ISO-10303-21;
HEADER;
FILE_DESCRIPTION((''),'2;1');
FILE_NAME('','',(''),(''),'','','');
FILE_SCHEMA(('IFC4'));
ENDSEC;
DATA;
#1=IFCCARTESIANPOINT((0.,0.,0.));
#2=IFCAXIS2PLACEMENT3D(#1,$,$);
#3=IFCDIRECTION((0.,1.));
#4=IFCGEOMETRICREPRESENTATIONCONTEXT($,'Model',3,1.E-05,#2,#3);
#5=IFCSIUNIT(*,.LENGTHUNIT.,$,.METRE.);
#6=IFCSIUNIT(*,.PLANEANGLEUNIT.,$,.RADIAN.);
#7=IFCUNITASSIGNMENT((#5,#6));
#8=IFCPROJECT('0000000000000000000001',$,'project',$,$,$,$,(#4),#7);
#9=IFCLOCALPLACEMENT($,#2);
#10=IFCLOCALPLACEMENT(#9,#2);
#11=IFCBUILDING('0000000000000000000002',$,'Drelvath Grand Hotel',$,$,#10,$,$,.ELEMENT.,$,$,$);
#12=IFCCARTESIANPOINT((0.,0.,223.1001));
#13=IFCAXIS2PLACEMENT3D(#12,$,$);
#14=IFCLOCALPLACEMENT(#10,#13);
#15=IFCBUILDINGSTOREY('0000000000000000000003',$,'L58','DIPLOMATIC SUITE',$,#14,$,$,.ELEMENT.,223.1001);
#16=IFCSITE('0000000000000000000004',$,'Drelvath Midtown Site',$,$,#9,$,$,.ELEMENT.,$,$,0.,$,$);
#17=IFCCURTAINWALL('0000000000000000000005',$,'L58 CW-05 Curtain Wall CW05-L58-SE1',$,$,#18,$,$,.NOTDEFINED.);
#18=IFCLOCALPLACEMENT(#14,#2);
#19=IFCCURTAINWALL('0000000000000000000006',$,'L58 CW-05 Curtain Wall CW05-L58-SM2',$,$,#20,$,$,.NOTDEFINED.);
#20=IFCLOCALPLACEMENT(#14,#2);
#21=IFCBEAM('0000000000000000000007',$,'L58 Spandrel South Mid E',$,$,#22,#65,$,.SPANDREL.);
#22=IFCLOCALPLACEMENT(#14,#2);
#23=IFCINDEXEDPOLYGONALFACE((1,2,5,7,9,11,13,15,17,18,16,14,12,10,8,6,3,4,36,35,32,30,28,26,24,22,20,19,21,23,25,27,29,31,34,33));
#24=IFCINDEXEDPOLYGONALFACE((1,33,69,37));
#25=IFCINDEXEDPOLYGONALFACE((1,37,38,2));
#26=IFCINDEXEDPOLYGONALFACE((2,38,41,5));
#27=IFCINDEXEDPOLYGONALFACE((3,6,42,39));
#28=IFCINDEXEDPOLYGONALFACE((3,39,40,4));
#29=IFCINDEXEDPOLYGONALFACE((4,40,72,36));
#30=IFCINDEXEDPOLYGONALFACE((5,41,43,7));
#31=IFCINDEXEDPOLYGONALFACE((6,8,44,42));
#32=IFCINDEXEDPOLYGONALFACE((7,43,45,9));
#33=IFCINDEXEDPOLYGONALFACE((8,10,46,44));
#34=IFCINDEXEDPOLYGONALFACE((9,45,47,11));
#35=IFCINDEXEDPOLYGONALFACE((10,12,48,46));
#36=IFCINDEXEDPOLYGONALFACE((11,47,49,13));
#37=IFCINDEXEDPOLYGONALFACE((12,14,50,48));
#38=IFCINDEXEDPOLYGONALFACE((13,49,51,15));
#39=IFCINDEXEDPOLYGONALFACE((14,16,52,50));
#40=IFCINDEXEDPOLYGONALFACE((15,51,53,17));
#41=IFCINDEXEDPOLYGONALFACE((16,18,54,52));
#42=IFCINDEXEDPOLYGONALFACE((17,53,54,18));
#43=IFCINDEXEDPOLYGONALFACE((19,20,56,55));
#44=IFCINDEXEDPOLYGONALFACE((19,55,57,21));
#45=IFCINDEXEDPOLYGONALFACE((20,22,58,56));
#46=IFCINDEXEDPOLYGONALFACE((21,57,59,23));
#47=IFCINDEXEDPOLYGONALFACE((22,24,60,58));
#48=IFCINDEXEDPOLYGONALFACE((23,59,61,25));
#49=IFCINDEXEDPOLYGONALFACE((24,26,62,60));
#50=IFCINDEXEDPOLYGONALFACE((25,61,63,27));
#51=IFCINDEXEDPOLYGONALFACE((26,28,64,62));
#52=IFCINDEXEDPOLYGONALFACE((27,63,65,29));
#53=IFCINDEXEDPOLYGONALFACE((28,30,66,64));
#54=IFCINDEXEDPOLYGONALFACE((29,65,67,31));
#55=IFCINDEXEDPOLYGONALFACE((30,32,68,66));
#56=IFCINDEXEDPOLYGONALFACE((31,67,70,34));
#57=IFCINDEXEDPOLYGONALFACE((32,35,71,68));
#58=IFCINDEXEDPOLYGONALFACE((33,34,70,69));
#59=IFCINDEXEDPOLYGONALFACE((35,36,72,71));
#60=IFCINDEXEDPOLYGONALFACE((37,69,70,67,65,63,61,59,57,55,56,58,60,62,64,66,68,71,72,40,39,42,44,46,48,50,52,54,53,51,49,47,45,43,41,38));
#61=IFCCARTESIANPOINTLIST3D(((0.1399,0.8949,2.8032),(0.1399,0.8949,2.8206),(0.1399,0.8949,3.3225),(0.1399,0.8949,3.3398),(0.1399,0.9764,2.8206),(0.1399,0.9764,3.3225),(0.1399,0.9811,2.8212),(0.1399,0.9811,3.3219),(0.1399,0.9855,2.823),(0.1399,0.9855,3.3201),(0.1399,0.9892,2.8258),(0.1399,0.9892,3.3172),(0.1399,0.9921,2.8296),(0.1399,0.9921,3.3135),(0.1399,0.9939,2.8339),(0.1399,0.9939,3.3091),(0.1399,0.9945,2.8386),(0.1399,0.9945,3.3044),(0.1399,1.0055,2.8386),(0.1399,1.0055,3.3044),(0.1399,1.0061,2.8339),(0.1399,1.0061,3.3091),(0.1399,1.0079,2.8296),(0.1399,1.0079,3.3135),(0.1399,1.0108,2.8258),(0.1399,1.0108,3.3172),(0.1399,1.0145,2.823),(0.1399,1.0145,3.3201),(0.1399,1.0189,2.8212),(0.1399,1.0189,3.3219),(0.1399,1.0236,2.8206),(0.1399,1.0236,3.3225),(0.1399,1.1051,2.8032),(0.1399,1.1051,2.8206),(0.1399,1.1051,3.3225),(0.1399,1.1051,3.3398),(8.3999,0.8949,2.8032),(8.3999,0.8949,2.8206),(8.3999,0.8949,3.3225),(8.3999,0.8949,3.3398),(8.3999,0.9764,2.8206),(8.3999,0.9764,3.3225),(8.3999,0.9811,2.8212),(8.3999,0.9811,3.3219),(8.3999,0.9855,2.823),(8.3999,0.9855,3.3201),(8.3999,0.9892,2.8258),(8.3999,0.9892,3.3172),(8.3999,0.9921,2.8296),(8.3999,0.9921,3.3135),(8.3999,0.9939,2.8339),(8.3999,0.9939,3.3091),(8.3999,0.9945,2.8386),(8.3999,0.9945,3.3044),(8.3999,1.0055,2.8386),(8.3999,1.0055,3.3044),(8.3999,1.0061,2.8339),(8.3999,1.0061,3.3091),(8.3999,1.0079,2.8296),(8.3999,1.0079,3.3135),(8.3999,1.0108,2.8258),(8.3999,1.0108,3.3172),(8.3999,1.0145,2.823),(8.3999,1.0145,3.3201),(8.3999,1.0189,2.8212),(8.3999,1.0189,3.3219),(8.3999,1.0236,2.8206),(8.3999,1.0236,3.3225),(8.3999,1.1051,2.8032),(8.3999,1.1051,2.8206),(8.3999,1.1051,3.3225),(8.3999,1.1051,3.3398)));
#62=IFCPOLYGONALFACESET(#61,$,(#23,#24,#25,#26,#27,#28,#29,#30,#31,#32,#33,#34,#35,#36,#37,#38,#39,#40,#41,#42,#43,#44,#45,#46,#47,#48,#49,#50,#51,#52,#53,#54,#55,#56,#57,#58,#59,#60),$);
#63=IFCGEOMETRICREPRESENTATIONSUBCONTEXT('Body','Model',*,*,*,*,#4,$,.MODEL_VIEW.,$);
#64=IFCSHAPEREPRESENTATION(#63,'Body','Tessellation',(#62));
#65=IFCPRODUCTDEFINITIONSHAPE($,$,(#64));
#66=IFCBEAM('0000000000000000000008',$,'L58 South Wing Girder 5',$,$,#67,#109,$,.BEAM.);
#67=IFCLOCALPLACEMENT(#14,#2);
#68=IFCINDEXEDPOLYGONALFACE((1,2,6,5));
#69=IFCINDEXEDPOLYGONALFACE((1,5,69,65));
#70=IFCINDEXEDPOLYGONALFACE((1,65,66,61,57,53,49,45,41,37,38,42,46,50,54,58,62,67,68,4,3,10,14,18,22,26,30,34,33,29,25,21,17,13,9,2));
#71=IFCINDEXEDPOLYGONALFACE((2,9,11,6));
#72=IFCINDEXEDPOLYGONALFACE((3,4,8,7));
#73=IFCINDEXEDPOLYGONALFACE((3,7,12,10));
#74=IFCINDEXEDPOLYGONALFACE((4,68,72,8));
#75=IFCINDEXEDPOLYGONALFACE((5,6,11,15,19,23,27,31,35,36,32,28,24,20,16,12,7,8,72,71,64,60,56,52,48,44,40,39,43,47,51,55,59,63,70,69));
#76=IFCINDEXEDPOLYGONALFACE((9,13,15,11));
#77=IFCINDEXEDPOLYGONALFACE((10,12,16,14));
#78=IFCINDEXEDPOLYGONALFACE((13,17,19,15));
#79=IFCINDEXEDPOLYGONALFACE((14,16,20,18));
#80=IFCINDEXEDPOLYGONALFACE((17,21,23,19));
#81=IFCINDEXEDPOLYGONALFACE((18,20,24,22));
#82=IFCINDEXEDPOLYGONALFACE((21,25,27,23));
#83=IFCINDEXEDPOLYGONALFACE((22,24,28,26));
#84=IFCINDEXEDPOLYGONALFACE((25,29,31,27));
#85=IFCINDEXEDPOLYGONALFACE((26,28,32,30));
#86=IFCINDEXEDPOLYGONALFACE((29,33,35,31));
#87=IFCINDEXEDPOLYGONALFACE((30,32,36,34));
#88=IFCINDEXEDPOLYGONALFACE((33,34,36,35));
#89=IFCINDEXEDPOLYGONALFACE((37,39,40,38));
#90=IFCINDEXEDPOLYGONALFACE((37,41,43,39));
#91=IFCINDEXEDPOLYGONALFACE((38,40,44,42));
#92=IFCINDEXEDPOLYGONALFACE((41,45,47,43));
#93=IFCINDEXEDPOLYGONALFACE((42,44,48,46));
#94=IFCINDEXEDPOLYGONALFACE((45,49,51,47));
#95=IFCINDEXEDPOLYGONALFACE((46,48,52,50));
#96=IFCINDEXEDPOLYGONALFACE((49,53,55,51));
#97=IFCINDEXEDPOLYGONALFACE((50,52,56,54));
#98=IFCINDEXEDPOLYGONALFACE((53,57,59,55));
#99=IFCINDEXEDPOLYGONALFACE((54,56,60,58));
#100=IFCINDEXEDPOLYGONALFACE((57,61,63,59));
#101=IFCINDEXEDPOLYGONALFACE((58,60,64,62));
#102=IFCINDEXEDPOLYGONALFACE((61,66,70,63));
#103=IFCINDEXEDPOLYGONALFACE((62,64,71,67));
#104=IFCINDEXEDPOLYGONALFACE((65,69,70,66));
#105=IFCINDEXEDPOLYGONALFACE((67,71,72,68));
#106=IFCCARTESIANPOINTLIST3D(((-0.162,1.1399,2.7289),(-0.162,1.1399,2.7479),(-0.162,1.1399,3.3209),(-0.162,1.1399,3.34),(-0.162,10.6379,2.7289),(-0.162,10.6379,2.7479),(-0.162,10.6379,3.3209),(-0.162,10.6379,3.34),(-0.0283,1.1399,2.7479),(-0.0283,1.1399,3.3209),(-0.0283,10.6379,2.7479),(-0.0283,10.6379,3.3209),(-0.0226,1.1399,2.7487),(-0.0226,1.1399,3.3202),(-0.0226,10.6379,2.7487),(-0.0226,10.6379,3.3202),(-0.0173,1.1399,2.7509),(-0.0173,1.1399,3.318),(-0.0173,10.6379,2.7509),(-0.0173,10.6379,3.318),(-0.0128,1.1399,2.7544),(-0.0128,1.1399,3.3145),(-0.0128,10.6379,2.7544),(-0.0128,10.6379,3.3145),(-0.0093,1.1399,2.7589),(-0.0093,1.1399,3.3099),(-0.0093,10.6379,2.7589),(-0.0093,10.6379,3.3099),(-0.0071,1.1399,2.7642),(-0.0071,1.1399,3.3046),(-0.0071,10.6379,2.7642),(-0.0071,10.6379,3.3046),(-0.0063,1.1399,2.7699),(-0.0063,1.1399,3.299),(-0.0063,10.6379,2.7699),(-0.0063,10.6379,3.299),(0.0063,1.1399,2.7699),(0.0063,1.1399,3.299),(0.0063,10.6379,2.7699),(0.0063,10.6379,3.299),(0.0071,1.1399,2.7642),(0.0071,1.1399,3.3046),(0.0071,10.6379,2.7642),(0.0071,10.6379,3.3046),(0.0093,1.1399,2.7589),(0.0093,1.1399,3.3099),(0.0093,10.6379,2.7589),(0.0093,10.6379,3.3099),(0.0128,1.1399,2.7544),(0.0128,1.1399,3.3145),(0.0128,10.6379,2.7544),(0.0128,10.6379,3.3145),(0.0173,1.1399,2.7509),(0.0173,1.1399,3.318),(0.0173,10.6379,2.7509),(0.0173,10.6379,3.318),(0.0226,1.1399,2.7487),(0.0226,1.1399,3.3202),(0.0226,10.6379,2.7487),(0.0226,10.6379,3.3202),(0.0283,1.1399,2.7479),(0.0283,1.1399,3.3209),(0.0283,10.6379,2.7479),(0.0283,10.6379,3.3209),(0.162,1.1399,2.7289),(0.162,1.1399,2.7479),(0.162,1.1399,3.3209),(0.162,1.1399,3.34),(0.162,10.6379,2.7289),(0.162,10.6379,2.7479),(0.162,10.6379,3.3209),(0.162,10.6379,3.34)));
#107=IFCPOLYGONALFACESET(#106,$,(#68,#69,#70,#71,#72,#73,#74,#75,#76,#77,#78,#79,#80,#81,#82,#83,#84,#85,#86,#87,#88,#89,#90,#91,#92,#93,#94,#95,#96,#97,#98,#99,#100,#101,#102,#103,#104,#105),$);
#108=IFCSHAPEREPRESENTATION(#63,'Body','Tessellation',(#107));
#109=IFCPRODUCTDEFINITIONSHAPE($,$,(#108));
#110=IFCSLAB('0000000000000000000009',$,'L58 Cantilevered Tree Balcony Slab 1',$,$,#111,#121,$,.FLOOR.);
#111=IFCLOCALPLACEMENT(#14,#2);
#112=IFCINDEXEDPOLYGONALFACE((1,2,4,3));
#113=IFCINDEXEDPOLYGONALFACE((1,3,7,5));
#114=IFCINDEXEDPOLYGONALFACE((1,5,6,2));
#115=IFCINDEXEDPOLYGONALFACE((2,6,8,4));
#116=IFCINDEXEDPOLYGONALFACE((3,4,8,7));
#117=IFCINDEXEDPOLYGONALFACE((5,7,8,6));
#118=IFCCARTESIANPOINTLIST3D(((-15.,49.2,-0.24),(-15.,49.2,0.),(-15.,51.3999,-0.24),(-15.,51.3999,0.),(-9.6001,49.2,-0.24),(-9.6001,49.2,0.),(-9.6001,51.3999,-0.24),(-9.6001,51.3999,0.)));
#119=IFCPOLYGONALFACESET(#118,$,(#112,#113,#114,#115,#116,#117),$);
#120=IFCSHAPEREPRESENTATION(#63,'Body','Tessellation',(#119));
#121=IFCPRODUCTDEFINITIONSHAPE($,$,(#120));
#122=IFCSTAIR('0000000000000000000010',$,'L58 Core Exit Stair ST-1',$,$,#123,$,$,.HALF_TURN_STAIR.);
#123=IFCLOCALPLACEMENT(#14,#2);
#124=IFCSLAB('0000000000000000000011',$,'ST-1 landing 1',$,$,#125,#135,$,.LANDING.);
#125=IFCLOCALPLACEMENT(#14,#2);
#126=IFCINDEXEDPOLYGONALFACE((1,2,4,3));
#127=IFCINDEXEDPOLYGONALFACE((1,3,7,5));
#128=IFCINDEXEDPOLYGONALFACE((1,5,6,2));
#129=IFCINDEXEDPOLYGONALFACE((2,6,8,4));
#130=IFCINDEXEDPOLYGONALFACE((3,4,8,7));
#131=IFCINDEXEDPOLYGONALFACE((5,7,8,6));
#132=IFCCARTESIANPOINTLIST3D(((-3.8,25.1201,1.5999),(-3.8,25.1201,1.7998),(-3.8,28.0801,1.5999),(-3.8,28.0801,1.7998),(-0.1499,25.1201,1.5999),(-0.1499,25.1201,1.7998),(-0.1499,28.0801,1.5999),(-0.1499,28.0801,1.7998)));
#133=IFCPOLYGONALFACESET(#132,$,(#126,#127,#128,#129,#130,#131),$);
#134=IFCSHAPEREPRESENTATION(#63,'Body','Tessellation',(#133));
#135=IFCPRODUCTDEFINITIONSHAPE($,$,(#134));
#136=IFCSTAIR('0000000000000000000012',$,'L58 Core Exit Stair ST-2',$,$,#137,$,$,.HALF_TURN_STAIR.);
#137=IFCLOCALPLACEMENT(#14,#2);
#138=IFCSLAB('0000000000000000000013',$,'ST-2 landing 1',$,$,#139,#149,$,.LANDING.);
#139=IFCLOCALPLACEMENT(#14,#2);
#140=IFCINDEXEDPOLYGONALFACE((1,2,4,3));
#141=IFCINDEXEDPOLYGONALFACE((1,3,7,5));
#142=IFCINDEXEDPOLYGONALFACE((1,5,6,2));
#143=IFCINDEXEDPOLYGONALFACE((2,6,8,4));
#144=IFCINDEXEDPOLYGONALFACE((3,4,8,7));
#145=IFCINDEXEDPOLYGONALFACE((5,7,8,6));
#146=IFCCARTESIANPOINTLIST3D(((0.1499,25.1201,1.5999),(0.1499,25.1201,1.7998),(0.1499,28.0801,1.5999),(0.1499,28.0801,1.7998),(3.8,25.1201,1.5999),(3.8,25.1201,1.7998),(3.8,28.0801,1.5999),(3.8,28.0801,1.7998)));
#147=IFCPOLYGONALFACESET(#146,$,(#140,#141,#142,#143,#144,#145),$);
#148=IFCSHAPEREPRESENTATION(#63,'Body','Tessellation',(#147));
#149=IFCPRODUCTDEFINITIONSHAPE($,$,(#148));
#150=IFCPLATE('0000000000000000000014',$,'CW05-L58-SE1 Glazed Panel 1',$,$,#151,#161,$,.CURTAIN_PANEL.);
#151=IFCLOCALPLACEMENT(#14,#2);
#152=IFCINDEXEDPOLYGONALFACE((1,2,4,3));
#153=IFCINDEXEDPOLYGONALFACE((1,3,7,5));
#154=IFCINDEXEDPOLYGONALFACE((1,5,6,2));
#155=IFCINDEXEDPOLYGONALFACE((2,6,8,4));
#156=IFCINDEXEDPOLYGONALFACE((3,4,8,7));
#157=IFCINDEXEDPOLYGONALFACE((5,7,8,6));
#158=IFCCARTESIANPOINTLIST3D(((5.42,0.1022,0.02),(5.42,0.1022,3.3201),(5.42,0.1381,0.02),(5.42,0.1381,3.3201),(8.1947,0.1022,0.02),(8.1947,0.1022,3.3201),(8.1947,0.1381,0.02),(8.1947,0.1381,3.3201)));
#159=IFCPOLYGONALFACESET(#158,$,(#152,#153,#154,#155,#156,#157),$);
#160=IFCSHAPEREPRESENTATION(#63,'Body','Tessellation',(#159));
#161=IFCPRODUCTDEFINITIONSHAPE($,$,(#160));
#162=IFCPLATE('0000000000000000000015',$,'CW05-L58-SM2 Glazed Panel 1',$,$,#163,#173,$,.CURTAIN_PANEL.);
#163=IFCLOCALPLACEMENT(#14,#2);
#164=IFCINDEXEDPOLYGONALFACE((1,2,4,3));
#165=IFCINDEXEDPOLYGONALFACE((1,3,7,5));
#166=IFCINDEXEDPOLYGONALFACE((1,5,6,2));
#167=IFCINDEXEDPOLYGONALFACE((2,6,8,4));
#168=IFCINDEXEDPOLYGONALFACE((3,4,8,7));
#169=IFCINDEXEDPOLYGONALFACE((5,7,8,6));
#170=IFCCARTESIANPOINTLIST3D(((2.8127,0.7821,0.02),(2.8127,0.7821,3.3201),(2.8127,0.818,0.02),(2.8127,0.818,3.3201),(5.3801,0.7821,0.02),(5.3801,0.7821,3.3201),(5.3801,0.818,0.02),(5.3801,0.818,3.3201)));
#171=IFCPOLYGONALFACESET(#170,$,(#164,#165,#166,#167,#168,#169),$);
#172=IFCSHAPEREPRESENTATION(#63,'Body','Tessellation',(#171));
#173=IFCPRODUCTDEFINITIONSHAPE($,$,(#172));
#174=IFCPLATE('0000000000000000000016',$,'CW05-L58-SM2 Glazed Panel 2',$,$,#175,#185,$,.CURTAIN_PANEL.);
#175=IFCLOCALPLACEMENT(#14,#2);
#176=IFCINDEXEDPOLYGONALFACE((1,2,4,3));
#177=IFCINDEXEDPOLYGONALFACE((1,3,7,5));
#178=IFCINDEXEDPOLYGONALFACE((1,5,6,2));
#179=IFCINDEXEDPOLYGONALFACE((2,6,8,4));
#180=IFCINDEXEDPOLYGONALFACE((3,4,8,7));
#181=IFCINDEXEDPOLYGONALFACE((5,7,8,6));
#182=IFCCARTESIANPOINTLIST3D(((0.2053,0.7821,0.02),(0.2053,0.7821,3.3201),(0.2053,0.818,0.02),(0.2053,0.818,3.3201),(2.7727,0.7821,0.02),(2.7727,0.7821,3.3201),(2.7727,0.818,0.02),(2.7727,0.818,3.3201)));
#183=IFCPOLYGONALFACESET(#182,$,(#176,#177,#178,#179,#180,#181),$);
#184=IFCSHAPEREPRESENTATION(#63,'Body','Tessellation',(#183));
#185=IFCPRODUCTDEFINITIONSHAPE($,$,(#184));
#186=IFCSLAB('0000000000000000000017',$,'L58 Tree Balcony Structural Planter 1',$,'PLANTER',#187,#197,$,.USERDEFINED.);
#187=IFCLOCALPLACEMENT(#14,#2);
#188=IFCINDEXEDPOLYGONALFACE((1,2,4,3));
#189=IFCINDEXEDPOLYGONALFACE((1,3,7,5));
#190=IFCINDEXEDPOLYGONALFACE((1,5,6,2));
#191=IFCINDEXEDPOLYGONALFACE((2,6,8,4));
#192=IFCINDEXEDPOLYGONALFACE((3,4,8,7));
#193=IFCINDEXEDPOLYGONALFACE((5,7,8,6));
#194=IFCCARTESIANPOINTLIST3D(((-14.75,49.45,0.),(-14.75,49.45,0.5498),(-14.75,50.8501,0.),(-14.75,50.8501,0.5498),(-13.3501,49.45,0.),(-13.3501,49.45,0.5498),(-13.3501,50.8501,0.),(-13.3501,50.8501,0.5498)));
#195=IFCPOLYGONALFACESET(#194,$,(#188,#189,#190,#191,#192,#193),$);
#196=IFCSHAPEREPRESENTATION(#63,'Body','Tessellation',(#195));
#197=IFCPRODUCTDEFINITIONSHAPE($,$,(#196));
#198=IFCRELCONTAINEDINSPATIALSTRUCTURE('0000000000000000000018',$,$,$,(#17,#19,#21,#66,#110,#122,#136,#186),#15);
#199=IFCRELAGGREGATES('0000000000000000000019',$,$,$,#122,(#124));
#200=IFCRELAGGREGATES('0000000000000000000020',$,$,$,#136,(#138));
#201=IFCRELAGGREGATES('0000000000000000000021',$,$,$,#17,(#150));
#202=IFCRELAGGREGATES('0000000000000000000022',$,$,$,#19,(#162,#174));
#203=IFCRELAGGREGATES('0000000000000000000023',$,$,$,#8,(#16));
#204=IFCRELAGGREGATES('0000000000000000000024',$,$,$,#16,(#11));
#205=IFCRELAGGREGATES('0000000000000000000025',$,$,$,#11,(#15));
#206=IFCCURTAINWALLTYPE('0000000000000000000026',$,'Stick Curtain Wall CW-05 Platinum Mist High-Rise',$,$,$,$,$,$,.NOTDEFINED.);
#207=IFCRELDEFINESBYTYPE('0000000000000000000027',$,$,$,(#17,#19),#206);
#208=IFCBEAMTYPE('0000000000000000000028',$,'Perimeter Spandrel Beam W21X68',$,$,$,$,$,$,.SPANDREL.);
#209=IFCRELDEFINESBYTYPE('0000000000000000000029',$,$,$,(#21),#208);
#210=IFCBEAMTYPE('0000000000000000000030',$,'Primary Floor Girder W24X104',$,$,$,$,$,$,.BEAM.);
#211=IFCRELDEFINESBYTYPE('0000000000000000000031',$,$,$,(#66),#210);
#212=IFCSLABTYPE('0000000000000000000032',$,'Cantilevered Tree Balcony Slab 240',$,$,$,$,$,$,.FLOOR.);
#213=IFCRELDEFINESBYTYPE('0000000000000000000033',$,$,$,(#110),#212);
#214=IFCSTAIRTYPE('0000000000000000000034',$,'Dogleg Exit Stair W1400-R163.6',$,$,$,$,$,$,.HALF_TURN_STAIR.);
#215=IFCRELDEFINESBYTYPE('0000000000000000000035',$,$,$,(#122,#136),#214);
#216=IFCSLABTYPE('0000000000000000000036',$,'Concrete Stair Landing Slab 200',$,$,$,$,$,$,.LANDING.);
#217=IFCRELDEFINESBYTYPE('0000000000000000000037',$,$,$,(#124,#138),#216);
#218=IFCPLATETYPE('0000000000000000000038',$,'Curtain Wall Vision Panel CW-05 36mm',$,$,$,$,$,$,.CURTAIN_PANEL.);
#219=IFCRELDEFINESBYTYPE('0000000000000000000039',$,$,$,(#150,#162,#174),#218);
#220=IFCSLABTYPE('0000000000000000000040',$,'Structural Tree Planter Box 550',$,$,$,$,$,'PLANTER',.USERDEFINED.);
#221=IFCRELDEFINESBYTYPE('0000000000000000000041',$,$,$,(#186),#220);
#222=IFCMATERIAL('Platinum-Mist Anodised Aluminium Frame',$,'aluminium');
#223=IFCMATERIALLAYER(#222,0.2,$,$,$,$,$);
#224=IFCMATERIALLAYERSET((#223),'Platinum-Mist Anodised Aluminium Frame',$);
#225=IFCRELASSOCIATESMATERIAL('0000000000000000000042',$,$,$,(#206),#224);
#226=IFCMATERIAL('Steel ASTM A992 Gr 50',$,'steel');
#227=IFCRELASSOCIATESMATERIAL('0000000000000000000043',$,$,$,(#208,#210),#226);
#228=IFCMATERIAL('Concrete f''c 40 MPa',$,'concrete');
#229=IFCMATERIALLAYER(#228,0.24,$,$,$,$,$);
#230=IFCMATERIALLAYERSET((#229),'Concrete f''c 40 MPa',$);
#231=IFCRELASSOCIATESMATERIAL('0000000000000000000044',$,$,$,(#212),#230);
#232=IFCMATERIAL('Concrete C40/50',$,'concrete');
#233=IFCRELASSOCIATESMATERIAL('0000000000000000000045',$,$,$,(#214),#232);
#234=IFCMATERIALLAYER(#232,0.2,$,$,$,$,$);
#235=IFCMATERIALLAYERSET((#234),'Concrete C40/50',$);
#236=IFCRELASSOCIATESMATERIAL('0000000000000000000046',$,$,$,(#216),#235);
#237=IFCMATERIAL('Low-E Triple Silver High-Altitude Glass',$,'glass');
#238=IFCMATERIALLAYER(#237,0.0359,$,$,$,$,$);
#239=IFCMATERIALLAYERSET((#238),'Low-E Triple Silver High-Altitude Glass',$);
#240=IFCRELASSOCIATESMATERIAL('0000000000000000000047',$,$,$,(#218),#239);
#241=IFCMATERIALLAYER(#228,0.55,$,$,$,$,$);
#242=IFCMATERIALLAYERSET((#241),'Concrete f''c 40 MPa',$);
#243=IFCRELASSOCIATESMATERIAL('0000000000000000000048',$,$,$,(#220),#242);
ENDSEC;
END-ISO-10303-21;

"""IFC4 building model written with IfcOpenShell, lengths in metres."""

from ifc_helpers import new_model, si_unit, direction, frame, origin, origin_2d, place, context, subcontext, project, spatial, polyline, rectangle, i_section, outline, extrude, material, layer, layer_set, material_profile, profile_set, type_object, element, aggregate, save


model = new_model("IFC4")

# Units and contexts
model_context = context("Model", 3, precision=1e-05, world=origin(), true_north=direction((0.0, 1.0)))
body_context = subcontext(model_context, "Body", "Model", "MODEL_VIEW")
ifc_project = project(units=[si_unit("LENGTHUNIT", "METRE"), si_unit("PLANEANGLEUNIT", "RADIAN")], contexts=[model_context])

# Site, building, storey
site_placement = place(None, origin())
site = spatial("IfcSite", under=ifc_project, at=site_placement, Name="Drelvath Midtown Site", CompositionType="ELEMENT", RefElevation=0.0)
building_placement = place(site_placement, origin())
building = spatial("IfcBuilding", under=site, at=building_placement, Name="Drelvath Grand Hotel", CompositionType="ELEMENT")
storey_placement = place(building_placement, frame((0.0, 0.0, 223.1001)))
storey = spatial("IfcBuildingStorey", under=building, at=storey_placement, Name="L58", Description="DIPLOMATIC SUITE", CompositionType="ELEMENT", Elevation=223.1001)

# Curtain walls
ifc_material_1 = material(Name="Platinum-Mist Anodised Aluminium Frame", Category="aluminium")
ifc_layer_1 = layer(ifc_material_1, 0.2)
ifc_layer_set_1 = layer_set([ifc_layer_1], Name="Platinum-Mist Anodised Aluminium Frame")
curtain_wall_type = type_object("IfcCurtainWallType", Name="Stick Curtain Wall CW-05 Platinum Mist High-Rise", PredefinedType="NOTDEFINED", material=ifc_layer_set_1)
curtain_wall_1_placement = place(storey_placement, origin())
curtain_wall_1 = element("IfcCurtainWall", 1, at=curtain_wall_1_placement, inside=storey, type_object=curtain_wall_type, Name="L58 CW-05 Curtain Wall CW05-L58-SE1", PredefinedType="NOTDEFINED")
curtain_wall_2_placement = place(storey_placement, origin())
curtain_wall_2 = element("IfcCurtainWall", 2, at=curtain_wall_2_placement, inside=storey, type_object=curtain_wall_type, Name="L58 CW-05 Curtain Wall CW05-L58-SM2", PredefinedType="NOTDEFINED")

# Beams
ifc_material_2 = material(Name="Steel ASTM A992 Gr 50", Category="steel")
ifc_material_profile_1 = material_profile(ifc_material_2, i_section(OverallWidth=0.2102, OverallDepth=0.5366, WebThickness=0.011, FlangeThickness=0.0173, FilletRadius=0.0181, at=origin_2d()), Name="W21X68")
ifc_profile_set_1 = profile_set([ifc_material_profile_1], Name="Steel ASTM A992 Gr 50")
beam_type_1 = type_object("IfcBeamType", Name="Perimeter Spandrel Beam W21X68", PredefinedType="SPANDREL", material=ifc_profile_set_1)
beam_1_placement = place(storey_placement, frame((0.1399, 1.0, 3.0715), z_axis=(1.0, 0.0, 0.0), x_axis=(0.0, 1.0, 0.0)))
element("IfcBeam", 3, at=beam_1_placement, inside=storey, type_object=beam_type_1, Name="L58 Spandrel South Mid E", PredefinedType="SPANDREL", context=body_context, shape_type="SweptSolid", body=[
    extrude(i_section(OverallWidth=0.2102, OverallDepth=0.5366, WebThickness=0.011, FlangeThickness=0.0173, FilletRadius=0.0181, at=origin_2d()), origin(), (0.0, 0.0, 1.0), 8.26),
])
ifc_material_profile_2 = material_profile(ifc_material_2, i_section(OverallWidth=0.324, OverallDepth=0.6111, WebThickness=0.0127, FlangeThickness=0.019, FilletRadius=0.022, at=origin_2d()), Name="W24X104")
ifc_profile_set_2 = profile_set([ifc_material_profile_2], Name="Steel ASTM A992 Gr 50")
beam_type_2 = type_object("IfcBeamType", Name="Primary Floor Girder W24X104", PredefinedType="BEAM", material=ifc_profile_set_2)
beam_2_placement = place(storey_placement, frame((0.0, 1.1399, 3.0344), z_axis=(0.0, 1.0, 0.0), x_axis=(-1.0, 0.0, 0.0)))
element("IfcBeam", 4, at=beam_2_placement, inside=storey, type_object=beam_type_2, Name="L58 South Wing Girder 5", PredefinedType="BEAM", context=body_context, shape_type="SweptSolid", body=[
    extrude(i_section(OverallWidth=0.324, OverallDepth=0.6111, WebThickness=0.0127, FlangeThickness=0.019, FilletRadius=0.022, at=origin_2d()), origin(), (0.0, 0.0, 1.0), 9.498),
])

# Slab
ifc_material_3 = material(Name="Concrete f'c 40 MPa", Category="concrete")
ifc_layer_2 = layer(ifc_material_3, 0.24)
ifc_layer_set_2 = layer_set([ifc_layer_2], Name="Concrete f'c 40 MPa")
slab_type_1 = type_object("IfcSlabType", Name="Cantilevered Tree Balcony Slab 240", PredefinedType="FLOOR", material=ifc_layer_set_2)
slab_1_placement = place(storey_placement, frame((0.0, 0.0, -0.24)))
element("IfcSlab", 5, at=slab_1_placement, inside=storey, type_object=slab_type_1, Name="L58 Cantilevered Tree Balcony Slab 1", PredefinedType="FLOOR", context=body_context, shape_type="SweptSolid", body=[
    extrude(outline(polyline([(-15.0, 49.2), (-9.6001, 49.2), (-9.6001, 51.3999), (-15.0, 51.3999), (-15.0, 49.2)])), origin(), (0.0, 0.0, 1.0), 0.24),
])

# Stairs, slabs
ifc_material_4 = material(Name="Concrete C40/50", Category="concrete")
stair_type = type_object("IfcStairType", Name="Dogleg Exit Stair W1400-R163.6", PredefinedType="HALF_TURN_STAIR", material=ifc_material_4)
stair_1_placement = place(storey_placement, origin())
stair_1 = element("IfcStair", 6, at=stair_1_placement, inside=storey, type_object=stair_type, Name="L58 Core Exit Stair ST-1", PredefinedType="HALF_TURN_STAIR")
ifc_layer_3 = layer(ifc_material_4, 0.2)
ifc_layer_set_3 = layer_set([ifc_layer_3], Name="Concrete C40/50")
slab_type_2 = type_object("IfcSlabType", Name="Concrete Stair Landing Slab 200", PredefinedType="LANDING", material=ifc_layer_set_3)
slab_2_placement = place(storey_placement, frame((0.0, 0.0, 1.5999)))
slab_2 = element("IfcSlab", 7, at=slab_2_placement, type_object=slab_type_2, Name="ST-1 landing 1", PredefinedType="LANDING", context=body_context, shape_type="SweptSolid", body=[
    extrude(outline(polyline([(-3.8, 25.1201), (-0.1499, 25.1201), (-0.1499, 28.0801), (-3.8, 28.0801), (-3.8, 25.1201)])), origin(), (0.0, 0.0, 1.0), 0.2),
])
aggregate(stair_1, [slab_2])
stair_2_placement = place(storey_placement, origin())
stair_2 = element("IfcStair", 8, at=stair_2_placement, inside=storey, type_object=stair_type, Name="L58 Core Exit Stair ST-2", PredefinedType="HALF_TURN_STAIR")
slab_3_placement = place(storey_placement, frame((0.0, 0.0, 1.5999)))
slab_3 = element("IfcSlab", 9, at=slab_3_placement, type_object=slab_type_2, Name="ST-2 landing 1", PredefinedType="LANDING", context=body_context, shape_type="SweptSolid", body=[
    extrude(outline(polyline([(3.8, 28.0801), (0.1499, 28.0801), (0.1499, 25.1201), (3.8, 25.1201), (3.8, 28.0801)])), origin(), (0.0, 0.0, 1.0), 0.2),
])
aggregate(stair_2, [slab_3])

# Plates
ifc_material_5 = material(Name="Low-E Triple Silver High-Altitude Glass", Category="glass")
ifc_layer_4 = layer(ifc_material_5, 0.0359)
ifc_layer_set_4 = layer_set([ifc_layer_4], Name="Low-E Triple Silver High-Altitude Glass")
plate_type = type_object("IfcPlateType", Name="Curtain Wall Vision Panel CW-05 36mm", PredefinedType="CURTAIN_PANEL", material=ifc_layer_set_4)
plate_1_placement = place(storey_placement, frame((6.8074, 0.1201, 0.02), z_axis=(0.0, 0.0, 1.0), x_axis=(-1.0, 0.0, 0.0)))
plate_1 = element("IfcPlate", 10, at=plate_1_placement, type_object=plate_type, Name="CW05-L58-SE1 Glazed Panel 1", PredefinedType="CURTAIN_PANEL", context=body_context, shape_type="SweptSolid", body=[
    extrude(rectangle(XDim=2.7747, YDim=0.0359, at=origin_2d()), origin(), (0.0, 0.0, 1.0), 3.3),
])
aggregate(curtain_wall_1, [plate_1])
plate_2_placement = place(storey_placement, frame((4.0964, 0.8, 0.02), z_axis=(0.0, 0.0, 1.0), x_axis=(-1.0, 0.0, 0.0)))
plate_2 = element("IfcPlate", 11, at=plate_2_placement, type_object=plate_type, Name="CW05-L58-SM2 Glazed Panel 1", PredefinedType="CURTAIN_PANEL", context=body_context, shape_type="SweptSolid", body=[
    extrude(rectangle(XDim=2.5674, YDim=0.0359, at=origin_2d()), origin(), (0.0, 0.0, 1.0), 3.3),
])
plate_3_placement = place(storey_placement, frame((1.489, 0.8, 0.02), z_axis=(0.0, 0.0, 1.0), x_axis=(-1.0, 0.0, 0.0)))
plate_3 = element("IfcPlate", 12, at=plate_3_placement, type_object=plate_type, Name="CW05-L58-SM2 Glazed Panel 2", PredefinedType="CURTAIN_PANEL", context=body_context, shape_type="SweptSolid", body=[
    extrude(rectangle(XDim=2.5674, YDim=0.0359, at=origin_2d()), origin(), (0.0, 0.0, 1.0), 3.3),
])
aggregate(curtain_wall_2, [plate_2, plate_3])

# Slab
ifc_layer_5 = layer(ifc_material_3, 0.55)
ifc_layer_set_5 = layer_set([ifc_layer_5], Name="Concrete f'c 40 MPa")
slab_type_3 = type_object("IfcSlabType", Name="Structural Tree Planter Box 550", ElementType="PLANTER", PredefinedType="USERDEFINED", material=ifc_layer_set_5)
slab_4_placement = place(storey_placement, origin())
element("IfcSlab", 13, at=slab_4_placement, inside=storey, type_object=slab_type_3, Name="L58 Tree Balcony Structural Planter 1", ObjectType="PLANTER", PredefinedType="USERDEFINED", context=body_context, shape_type="SweptSolid", body=[
    extrude(outline(polyline([(-14.75, 49.45), (-13.3501, 49.45), (-13.3501, 50.8501), (-14.75, 50.8501), (-14.75, 49.45)])), origin(), (0.0, 0.0, 1.0), 0.5498),
])

save(model, "model.ifc")
